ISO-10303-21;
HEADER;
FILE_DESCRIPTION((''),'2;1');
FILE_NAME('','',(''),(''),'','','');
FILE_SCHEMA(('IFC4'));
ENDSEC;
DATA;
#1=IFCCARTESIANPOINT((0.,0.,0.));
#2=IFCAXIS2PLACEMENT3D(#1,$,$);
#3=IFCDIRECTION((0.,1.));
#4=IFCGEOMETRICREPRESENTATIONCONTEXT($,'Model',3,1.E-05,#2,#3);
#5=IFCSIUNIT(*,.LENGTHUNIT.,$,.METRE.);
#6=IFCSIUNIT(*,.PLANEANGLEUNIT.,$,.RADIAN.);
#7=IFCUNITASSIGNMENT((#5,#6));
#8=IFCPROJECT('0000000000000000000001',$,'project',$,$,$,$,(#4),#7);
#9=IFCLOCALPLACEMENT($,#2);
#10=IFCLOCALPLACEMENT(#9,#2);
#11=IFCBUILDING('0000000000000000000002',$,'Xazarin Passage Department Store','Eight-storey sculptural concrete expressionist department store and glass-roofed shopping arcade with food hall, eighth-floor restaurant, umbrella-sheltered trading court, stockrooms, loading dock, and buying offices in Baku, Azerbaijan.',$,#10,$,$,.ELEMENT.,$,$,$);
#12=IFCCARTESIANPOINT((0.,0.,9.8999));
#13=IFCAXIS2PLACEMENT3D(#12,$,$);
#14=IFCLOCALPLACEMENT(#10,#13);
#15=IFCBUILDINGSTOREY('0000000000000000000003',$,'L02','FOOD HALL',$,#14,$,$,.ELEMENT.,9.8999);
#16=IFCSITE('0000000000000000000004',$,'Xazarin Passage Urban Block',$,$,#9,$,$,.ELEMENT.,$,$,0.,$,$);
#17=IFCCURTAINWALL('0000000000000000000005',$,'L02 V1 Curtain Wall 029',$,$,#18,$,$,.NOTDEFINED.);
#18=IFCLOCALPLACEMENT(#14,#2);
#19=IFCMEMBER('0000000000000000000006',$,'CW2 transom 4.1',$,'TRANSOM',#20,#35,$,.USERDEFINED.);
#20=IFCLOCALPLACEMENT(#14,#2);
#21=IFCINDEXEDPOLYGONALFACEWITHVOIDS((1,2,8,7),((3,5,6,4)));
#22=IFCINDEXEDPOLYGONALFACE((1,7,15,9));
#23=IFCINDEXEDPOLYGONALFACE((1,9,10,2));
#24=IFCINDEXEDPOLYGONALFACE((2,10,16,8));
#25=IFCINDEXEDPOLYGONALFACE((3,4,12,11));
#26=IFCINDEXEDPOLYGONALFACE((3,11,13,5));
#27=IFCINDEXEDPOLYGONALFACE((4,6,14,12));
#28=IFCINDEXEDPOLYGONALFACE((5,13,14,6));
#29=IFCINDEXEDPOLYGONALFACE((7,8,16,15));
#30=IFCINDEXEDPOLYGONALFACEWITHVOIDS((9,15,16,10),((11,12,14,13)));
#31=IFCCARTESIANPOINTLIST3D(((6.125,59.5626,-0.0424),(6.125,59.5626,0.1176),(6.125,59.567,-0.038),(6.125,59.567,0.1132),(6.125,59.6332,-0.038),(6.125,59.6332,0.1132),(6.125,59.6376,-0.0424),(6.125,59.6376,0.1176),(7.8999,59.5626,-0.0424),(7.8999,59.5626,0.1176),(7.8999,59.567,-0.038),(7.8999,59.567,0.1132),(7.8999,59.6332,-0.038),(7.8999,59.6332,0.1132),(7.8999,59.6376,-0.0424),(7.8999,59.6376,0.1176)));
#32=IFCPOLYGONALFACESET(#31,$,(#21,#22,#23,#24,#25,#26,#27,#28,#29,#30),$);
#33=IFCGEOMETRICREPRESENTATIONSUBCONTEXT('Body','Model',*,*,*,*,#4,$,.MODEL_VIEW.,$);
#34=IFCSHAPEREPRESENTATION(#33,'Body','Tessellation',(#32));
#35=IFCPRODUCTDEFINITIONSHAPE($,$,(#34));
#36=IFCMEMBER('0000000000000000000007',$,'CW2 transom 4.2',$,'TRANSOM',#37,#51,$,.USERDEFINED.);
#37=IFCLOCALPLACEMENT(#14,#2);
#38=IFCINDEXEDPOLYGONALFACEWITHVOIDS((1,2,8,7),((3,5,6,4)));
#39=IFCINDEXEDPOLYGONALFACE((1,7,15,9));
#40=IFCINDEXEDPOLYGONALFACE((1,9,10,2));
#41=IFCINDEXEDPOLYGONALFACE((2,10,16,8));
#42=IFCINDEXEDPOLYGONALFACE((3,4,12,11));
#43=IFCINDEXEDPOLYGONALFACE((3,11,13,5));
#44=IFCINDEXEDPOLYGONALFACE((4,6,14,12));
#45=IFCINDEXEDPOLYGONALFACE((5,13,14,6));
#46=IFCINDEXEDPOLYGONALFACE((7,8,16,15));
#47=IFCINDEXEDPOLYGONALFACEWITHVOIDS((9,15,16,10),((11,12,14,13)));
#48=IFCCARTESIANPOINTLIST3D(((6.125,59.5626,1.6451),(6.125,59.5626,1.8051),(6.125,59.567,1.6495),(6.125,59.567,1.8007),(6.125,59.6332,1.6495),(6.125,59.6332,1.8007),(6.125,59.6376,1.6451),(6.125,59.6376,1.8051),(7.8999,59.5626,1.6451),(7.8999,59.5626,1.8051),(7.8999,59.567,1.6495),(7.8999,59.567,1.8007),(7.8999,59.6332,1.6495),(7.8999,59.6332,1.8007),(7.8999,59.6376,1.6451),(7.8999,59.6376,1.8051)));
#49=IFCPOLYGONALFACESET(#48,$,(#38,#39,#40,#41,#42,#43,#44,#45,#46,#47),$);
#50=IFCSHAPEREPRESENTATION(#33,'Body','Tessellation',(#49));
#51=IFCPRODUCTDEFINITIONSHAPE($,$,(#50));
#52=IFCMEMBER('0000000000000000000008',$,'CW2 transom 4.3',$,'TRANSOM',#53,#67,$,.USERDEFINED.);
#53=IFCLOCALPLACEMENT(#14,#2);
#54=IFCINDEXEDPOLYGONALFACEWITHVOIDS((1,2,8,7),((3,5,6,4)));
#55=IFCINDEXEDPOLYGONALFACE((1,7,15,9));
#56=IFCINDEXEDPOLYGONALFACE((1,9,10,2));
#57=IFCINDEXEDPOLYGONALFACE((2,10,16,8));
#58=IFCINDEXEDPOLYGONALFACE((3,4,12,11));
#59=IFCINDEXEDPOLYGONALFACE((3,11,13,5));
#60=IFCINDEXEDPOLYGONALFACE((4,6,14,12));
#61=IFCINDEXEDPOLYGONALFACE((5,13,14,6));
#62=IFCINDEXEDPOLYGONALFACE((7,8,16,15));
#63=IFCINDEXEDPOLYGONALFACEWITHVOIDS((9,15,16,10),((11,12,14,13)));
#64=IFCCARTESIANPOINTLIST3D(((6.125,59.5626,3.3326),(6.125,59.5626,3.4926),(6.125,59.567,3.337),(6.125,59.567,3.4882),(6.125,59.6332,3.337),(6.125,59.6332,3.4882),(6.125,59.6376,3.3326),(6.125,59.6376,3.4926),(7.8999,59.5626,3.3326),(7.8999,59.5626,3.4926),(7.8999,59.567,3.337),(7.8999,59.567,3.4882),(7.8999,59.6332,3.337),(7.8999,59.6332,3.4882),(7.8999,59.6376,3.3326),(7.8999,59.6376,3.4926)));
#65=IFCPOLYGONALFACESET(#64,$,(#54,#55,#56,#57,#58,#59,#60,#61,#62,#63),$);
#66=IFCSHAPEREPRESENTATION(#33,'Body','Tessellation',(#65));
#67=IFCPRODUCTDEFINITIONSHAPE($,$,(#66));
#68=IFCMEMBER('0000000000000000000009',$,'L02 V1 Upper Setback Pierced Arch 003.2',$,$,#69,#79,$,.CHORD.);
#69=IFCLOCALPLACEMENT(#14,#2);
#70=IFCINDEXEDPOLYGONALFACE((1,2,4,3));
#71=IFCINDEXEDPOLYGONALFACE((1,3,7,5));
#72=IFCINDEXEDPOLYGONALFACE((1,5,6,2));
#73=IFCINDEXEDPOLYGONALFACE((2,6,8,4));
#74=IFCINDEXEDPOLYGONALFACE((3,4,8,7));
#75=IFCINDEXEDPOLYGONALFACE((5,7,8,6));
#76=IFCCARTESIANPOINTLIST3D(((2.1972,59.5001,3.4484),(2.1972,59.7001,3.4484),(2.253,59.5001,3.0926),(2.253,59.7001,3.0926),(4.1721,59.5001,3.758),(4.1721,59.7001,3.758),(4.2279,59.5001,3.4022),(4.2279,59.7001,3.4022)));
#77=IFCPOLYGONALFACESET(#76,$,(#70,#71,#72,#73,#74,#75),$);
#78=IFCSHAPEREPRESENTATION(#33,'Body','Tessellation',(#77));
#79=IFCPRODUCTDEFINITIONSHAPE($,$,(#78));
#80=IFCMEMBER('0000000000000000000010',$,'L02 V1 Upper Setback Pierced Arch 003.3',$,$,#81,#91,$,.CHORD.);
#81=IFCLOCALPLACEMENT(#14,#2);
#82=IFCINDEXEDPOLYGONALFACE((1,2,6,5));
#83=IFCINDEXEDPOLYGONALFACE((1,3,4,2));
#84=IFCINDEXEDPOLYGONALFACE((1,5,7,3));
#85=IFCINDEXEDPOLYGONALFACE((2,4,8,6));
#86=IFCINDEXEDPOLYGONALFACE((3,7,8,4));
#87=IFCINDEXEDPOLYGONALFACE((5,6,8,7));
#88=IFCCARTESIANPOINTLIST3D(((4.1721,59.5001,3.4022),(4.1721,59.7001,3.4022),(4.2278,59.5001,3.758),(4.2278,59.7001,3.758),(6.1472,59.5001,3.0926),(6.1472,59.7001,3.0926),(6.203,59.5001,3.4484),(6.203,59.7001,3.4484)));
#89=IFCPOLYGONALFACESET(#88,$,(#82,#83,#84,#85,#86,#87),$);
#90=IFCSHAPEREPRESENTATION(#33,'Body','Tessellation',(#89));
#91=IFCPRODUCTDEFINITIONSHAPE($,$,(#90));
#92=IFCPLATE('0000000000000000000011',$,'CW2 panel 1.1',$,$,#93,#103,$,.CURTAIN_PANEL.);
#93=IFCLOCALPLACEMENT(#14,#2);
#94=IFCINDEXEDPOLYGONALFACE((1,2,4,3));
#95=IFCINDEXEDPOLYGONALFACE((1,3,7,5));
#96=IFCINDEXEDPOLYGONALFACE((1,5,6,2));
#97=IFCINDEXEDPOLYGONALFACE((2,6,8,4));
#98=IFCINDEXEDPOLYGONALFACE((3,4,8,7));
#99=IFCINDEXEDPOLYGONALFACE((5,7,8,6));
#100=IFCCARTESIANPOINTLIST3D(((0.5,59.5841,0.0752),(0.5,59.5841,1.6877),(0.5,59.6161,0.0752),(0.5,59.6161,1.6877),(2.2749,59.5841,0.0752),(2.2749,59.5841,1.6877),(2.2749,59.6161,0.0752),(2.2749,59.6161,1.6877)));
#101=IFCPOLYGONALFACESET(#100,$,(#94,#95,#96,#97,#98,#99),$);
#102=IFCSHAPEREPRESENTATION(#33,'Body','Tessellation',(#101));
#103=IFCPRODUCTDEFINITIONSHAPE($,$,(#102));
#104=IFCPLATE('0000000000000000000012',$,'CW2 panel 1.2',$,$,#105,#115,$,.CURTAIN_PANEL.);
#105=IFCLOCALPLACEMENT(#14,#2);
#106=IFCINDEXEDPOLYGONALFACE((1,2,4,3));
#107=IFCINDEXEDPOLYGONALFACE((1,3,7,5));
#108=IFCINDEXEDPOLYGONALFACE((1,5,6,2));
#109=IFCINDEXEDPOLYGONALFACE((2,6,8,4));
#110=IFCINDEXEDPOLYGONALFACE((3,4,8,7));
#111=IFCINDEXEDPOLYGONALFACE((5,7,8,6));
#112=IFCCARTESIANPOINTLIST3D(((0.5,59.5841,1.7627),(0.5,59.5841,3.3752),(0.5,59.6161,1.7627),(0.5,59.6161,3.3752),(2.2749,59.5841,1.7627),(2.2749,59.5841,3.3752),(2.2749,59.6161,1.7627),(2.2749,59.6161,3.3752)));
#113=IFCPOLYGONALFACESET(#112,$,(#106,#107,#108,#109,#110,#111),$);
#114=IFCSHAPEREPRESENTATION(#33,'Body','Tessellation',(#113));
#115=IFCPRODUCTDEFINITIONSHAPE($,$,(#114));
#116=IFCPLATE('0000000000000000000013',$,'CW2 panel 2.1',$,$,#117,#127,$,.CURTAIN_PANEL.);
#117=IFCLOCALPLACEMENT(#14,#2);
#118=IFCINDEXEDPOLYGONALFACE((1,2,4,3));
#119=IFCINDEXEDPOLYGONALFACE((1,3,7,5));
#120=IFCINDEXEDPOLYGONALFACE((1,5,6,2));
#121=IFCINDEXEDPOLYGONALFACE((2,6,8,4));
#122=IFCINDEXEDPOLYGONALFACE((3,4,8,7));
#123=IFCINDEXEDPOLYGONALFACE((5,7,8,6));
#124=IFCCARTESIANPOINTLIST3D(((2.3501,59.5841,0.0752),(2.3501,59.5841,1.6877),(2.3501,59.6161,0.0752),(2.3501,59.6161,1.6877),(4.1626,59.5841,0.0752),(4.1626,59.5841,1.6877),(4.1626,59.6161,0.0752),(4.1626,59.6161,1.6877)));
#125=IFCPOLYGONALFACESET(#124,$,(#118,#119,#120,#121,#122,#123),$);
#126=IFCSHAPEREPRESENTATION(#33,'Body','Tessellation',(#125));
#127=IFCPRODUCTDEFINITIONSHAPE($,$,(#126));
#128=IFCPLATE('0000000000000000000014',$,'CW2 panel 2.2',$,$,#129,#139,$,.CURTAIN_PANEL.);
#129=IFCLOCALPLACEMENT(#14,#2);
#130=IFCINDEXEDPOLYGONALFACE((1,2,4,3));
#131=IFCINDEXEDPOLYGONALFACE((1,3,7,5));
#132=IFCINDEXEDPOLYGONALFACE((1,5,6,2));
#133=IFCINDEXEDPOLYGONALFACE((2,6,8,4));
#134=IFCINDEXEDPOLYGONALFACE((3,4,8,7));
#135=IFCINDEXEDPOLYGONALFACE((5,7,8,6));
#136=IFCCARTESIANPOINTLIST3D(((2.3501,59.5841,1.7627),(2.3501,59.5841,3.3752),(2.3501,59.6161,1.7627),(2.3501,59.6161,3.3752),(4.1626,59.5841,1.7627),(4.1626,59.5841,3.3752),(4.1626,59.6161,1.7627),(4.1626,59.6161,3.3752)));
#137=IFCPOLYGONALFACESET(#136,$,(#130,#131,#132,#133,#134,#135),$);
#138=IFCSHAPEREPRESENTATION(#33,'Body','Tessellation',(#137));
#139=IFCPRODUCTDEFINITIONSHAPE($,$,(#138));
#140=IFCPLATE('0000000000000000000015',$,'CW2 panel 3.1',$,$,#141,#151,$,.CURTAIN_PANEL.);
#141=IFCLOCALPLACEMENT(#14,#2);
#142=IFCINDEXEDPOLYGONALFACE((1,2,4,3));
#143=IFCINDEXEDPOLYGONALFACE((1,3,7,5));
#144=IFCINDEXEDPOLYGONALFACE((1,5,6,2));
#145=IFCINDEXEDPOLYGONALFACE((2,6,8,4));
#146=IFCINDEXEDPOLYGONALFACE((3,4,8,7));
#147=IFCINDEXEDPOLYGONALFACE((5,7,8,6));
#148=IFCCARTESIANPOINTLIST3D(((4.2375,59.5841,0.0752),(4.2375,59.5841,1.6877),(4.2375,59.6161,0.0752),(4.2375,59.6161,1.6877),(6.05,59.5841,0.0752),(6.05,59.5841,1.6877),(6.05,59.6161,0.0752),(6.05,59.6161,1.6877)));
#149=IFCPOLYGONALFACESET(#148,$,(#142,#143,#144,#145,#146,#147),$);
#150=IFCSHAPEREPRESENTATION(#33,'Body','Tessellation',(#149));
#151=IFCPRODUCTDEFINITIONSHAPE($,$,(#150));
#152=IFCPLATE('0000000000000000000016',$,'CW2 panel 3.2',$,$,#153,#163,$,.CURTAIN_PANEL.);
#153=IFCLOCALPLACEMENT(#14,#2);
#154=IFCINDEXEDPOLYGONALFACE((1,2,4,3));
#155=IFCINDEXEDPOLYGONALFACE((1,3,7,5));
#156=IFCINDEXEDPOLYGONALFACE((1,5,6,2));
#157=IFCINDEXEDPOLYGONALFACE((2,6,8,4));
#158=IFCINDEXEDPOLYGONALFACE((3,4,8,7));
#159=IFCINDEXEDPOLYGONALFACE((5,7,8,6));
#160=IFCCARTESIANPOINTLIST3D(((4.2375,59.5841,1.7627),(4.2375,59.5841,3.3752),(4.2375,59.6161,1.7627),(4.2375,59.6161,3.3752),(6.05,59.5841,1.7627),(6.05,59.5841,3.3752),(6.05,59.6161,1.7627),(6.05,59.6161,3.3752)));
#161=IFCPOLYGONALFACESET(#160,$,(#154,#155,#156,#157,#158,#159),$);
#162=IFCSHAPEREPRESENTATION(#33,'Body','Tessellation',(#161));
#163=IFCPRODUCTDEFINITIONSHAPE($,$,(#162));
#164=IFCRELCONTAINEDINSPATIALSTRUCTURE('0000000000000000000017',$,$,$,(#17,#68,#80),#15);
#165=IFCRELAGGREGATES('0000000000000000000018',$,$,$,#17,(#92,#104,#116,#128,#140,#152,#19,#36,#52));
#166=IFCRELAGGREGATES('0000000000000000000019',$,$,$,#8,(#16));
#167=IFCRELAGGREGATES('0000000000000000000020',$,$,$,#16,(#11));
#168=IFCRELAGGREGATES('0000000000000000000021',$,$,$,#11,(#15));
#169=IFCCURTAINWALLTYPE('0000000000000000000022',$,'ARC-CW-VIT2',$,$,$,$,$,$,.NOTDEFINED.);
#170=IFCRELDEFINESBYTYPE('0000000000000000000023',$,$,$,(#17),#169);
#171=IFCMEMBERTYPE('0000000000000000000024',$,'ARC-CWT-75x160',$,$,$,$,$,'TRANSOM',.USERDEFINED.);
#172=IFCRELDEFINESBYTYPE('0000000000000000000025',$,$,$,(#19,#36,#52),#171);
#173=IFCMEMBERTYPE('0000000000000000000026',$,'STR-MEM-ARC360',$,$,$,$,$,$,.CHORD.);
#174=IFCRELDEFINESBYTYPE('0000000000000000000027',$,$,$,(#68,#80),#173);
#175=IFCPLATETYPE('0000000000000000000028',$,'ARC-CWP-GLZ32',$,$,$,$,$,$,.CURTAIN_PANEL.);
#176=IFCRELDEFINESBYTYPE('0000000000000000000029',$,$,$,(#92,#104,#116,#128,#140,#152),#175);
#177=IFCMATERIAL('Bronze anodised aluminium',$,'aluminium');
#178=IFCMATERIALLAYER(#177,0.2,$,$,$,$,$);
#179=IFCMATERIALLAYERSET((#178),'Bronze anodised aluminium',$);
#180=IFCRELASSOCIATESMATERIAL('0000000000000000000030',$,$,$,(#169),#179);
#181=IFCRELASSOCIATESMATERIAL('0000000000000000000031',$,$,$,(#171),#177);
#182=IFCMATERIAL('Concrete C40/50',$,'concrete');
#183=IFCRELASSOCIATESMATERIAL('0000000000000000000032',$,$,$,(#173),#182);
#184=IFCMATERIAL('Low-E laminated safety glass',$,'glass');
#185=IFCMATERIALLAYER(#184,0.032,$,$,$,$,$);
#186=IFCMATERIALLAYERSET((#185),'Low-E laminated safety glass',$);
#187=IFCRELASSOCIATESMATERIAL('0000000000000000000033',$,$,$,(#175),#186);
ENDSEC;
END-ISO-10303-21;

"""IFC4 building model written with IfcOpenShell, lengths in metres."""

from ifc_helpers import new_model, si_unit, direction, frame, origin, origin_2d, place, context, subcontext, project, spatial, rectangle, hollow_rectangle, extrude, material, layer, layer_set, material_profile, profile_set, type_object, element, aggregate, save


model = new_model("IFC4")

# Units and contexts
model_context = context("Model", 3, precision=1e-05, world=origin(), true_north=direction((0.0, 1.0)))
body_context = subcontext(model_context, "Body", "Model", "MODEL_VIEW")
ifc_project = project(units=[si_unit("LENGTHUNIT", "METRE"), si_unit("PLANEANGLEUNIT", "RADIAN")], contexts=[model_context])

# Site, building, storey
site_placement = place(None, origin())
site = spatial("IfcSite", under=ifc_project, at=site_placement, Name="Xazarin Passage Urban Block", CompositionType="ELEMENT", RefElevation=0.0)
building_placement = place(site_placement, origin())
building = spatial("IfcBuilding", under=site, at=building_placement, Name="Xazarin Passage Department Store", Description="Eight-storey sculptural concrete expressionist department store and glass-roofed shopping arcade with food hall, eighth-floor restaurant, umbrella-sheltered trading court, stockrooms, loading dock, and buying offices in Baku, Azerbaijan.", CompositionType="ELEMENT")
storey_placement = place(building_placement, frame((0.0, 0.0, 9.8999)))
storey = spatial("IfcBuildingStorey", under=building, at=storey_placement, Name="L02", Description="FOOD HALL", CompositionType="ELEMENT", Elevation=9.8999)

# Curtain wall, members
ifc_material_1 = material(Name="Bronze anodised aluminium", Category="aluminium")
ifc_layer_1 = layer(ifc_material_1, 0.2)
ifc_layer_set_1 = layer_set([ifc_layer_1], Name="Bronze anodised aluminium")
curtain_wall_type = type_object("IfcCurtainWallType", Name="ARC-CW-VIT2", PredefinedType="NOTDEFINED", material=ifc_layer_set_1)
curtain_wall_placement = place(storey_placement, origin())
curtain_wall = element("IfcCurtainWall", 1, at=curtain_wall_placement, inside=storey, type_object=curtain_wall_type, Name="L02 V1 Curtain Wall 029", PredefinedType="NOTDEFINED")
ifc_material_profile_1 = material_profile(ifc_material_1, hollow_rectangle(XDim=0.075, YDim=0.1599, WallThickness=0.0044, at=origin_2d()), Name="ALU 75x160")
ifc_profile_set_1 = profile_set([ifc_material_profile_1], Name="Bronze anodised aluminium")
member_type_1 = type_object("IfcMemberType", Name="ARC-CWT-75x160", ElementType="TRANSOM", PredefinedType="USERDEFINED", material=ifc_profile_set_1)
member_1_placement = place(storey_placement, frame((6.125, 59.6001, 0.0376), z_axis=(1.0, 0.0, 0.0), x_axis=(0.0, 1.0, 0.0)))
member_1 = element("IfcMember", 2, at=member_1_placement, type_object=member_type_1, Name="CW2 transom 4.1", ObjectType="TRANSOM", PredefinedType="USERDEFINED", context=body_context, shape_type="SweptSolid", body=[
    extrude(hollow_rectangle(XDim=0.075, YDim=0.1599, WallThickness=0.0044, at=origin_2d()), origin(), (0.0, 0.0, 1.0), 1.7749),
])
member_2_placement = place(storey_placement, frame((6.125, 59.6001, 1.7251), z_axis=(1.0, 0.0, 0.0), x_axis=(0.0, 1.0, 0.0)))
member_2 = element("IfcMember", 3, at=member_2_placement, type_object=member_type_1, Name="CW2 transom 4.2", ObjectType="TRANSOM", PredefinedType="USERDEFINED", context=body_context, shape_type="SweptSolid", body=[
    extrude(hollow_rectangle(XDim=0.075, YDim=0.1599, WallThickness=0.0044, at=origin_2d()), origin(), (0.0, 0.0, 1.0), 1.7749),
])
member_3_placement = place(storey_placement, frame((6.125, 59.6001, 3.4126), z_axis=(1.0, 0.0, 0.0), x_axis=(0.0, 1.0, 0.0)))
member_3 = element("IfcMember", 4, at=member_3_placement, type_object=member_type_1, Name="CW2 transom 4.3", ObjectType="TRANSOM", PredefinedType="USERDEFINED", context=body_context, shape_type="SweptSolid", body=[
    extrude(hollow_rectangle(XDim=0.075, YDim=0.1599, WallThickness=0.0044, at=origin_2d()), origin(), (0.0, 0.0, 1.0), 1.7749),
])

# Members
ifc_material_2 = material(Name="Concrete C40/50", Category="concrete")
ifc_material_profile_2 = material_profile(ifc_material_2, rectangle(XDim=0.2, YDim=0.3601, at=origin_2d()), Name="RC 200x360")
ifc_profile_set_2 = profile_set([ifc_material_profile_2], Name="Concrete C40/50")
member_type_2 = type_object("IfcMemberType", Name="STR-MEM-ARC360", PredefinedType="CHORD", material=ifc_profile_set_2)
member_4_placement = place(storey_placement, frame((2.2251, 59.6001, 3.2705), z_axis=(0.987936, 0.0, 0.154865), x_axis=(0.0, 1.0, 0.0)))
element("IfcMember", 5, at=member_4_placement, inside=storey, type_object=member_type_2, Name="L02 V1 Upper Setback Pierced Arch 003.2", PredefinedType="CHORD", context=body_context, shape_type="SweptSolid", body=[
    extrude(rectangle(XDim=0.2, YDim=0.3601, at=origin_2d()), origin(), (0.0, 0.0, 1.0), 1.999),
])
member_5_placement = place(storey_placement, frame((4.2, 59.6001, 3.5801), z_axis=(0.987939, 0.0, -0.154846), x_axis=(0.0, 1.0, 0.0)))
element("IfcMember", 6, at=member_5_placement, inside=storey, type_object=member_type_2, Name="L02 V1 Upper Setback Pierced Arch 003.3", PredefinedType="CHORD", context=body_context, shape_type="SweptSolid", body=[
    extrude(rectangle(XDim=0.2, YDim=0.3601, at=origin_2d()), origin(), (0.0, 0.0, 1.0), 1.9993),
])

# Plates
ifc_material_3 = material(Name="Low-E laminated safety glass", Category="glass")
ifc_layer_2 = layer(ifc_material_3, 0.032)
ifc_layer_set_2 = layer_set([ifc_layer_2], Name="Low-E laminated safety glass")
plate_type = type_object("IfcPlateType", Name="ARC-CWP-GLZ32", PredefinedType="CURTAIN_PANEL", material=ifc_layer_set_2)
plate_1_placement = place(storey_placement, frame((1.3875, 59.6001, 0.0752), z_axis=(0.0, 0.0, 1.0), x_axis=(1.0, 0.0, 0.0)))
plate_1 = element("IfcPlate", 7, at=plate_1_placement, type_object=plate_type, Name="CW2 panel 1.1", PredefinedType="CURTAIN_PANEL", context=body_context, shape_type="SweptSolid", body=[
    extrude(rectangle(XDim=1.7749, YDim=0.032, at=origin_2d()), origin(), (0.0, 0.0, 1.0), 1.6125),
])
plate_2_placement = place(storey_placement, frame((1.3875, 59.6001, 1.7627), z_axis=(0.0, 0.0, 1.0), x_axis=(1.0, 0.0, 0.0)))
plate_2 = element("IfcPlate", 8, at=plate_2_placement, type_object=plate_type, Name="CW2 panel 1.2", PredefinedType="CURTAIN_PANEL", context=body_context, shape_type="SweptSolid", body=[
    extrude(rectangle(XDim=1.7749, YDim=0.032, at=origin_2d()), origin(), (0.0, 0.0, 1.0), 1.6125),
])
plate_3_placement = place(storey_placement, frame((3.2563, 59.6001, 0.0752), z_axis=(0.0, 0.0, 1.0), x_axis=(1.0, 0.0, 0.0)))
plate_3 = element("IfcPlate", 9, at=plate_3_placement, type_object=plate_type, Name="CW2 panel 2.1", PredefinedType="CURTAIN_PANEL", context=body_context, shape_type="SweptSolid", body=[
    extrude(rectangle(XDim=1.8125, YDim=0.032, at=origin_2d()), origin(), (0.0, 0.0, 1.0), 1.6125),
])
plate_4_placement = place(storey_placement, frame((3.2563, 59.6001, 1.7627), z_axis=(0.0, 0.0, 1.0), x_axis=(1.0, 0.0, 0.0)))
plate_4 = element("IfcPlate", 10, at=plate_4_placement, type_object=plate_type, Name="CW2 panel 2.2", PredefinedType="CURTAIN_PANEL", context=body_context, shape_type="SweptSolid", body=[
    extrude(rectangle(XDim=1.8125, YDim=0.032, at=origin_2d()), origin(), (0.0, 0.0, 1.0), 1.6125),
])
plate_5_placement = place(storey_placement, frame((5.1438, 59.6001, 0.0752), z_axis=(0.0, 0.0, 1.0), x_axis=(1.0, 0.0, 0.0)))
plate_5 = element("IfcPlate", 11, at=plate_5_placement, type_object=plate_type, Name="CW2 panel 3.1", PredefinedType="CURTAIN_PANEL", context=body_context, shape_type="SweptSolid", body=[
    extrude(rectangle(XDim=1.8125, YDim=0.032, at=origin_2d()), origin(), (0.0, 0.0, 1.0), 1.6125),
])
plate_6_placement = place(storey_placement, frame((5.1438, 59.6001, 1.7627), z_axis=(0.0, 0.0, 1.0), x_axis=(1.0, 0.0, 0.0)))
plate_6 = element("IfcPlate", 12, at=plate_6_placement, type_object=plate_type, Name="CW2 panel 3.2", PredefinedType="CURTAIN_PANEL", context=body_context, shape_type="SweptSolid", body=[
    extrude(rectangle(XDim=1.8125, YDim=0.032, at=origin_2d()), origin(), (0.0, 0.0, 1.0), 1.6125),
])
aggregate(curtain_wall, [plate_1, plate_2, plate_3, plate_4, plate_5, plate_6, member_1, member_2, member_3])

save(model, "model.ifc")
